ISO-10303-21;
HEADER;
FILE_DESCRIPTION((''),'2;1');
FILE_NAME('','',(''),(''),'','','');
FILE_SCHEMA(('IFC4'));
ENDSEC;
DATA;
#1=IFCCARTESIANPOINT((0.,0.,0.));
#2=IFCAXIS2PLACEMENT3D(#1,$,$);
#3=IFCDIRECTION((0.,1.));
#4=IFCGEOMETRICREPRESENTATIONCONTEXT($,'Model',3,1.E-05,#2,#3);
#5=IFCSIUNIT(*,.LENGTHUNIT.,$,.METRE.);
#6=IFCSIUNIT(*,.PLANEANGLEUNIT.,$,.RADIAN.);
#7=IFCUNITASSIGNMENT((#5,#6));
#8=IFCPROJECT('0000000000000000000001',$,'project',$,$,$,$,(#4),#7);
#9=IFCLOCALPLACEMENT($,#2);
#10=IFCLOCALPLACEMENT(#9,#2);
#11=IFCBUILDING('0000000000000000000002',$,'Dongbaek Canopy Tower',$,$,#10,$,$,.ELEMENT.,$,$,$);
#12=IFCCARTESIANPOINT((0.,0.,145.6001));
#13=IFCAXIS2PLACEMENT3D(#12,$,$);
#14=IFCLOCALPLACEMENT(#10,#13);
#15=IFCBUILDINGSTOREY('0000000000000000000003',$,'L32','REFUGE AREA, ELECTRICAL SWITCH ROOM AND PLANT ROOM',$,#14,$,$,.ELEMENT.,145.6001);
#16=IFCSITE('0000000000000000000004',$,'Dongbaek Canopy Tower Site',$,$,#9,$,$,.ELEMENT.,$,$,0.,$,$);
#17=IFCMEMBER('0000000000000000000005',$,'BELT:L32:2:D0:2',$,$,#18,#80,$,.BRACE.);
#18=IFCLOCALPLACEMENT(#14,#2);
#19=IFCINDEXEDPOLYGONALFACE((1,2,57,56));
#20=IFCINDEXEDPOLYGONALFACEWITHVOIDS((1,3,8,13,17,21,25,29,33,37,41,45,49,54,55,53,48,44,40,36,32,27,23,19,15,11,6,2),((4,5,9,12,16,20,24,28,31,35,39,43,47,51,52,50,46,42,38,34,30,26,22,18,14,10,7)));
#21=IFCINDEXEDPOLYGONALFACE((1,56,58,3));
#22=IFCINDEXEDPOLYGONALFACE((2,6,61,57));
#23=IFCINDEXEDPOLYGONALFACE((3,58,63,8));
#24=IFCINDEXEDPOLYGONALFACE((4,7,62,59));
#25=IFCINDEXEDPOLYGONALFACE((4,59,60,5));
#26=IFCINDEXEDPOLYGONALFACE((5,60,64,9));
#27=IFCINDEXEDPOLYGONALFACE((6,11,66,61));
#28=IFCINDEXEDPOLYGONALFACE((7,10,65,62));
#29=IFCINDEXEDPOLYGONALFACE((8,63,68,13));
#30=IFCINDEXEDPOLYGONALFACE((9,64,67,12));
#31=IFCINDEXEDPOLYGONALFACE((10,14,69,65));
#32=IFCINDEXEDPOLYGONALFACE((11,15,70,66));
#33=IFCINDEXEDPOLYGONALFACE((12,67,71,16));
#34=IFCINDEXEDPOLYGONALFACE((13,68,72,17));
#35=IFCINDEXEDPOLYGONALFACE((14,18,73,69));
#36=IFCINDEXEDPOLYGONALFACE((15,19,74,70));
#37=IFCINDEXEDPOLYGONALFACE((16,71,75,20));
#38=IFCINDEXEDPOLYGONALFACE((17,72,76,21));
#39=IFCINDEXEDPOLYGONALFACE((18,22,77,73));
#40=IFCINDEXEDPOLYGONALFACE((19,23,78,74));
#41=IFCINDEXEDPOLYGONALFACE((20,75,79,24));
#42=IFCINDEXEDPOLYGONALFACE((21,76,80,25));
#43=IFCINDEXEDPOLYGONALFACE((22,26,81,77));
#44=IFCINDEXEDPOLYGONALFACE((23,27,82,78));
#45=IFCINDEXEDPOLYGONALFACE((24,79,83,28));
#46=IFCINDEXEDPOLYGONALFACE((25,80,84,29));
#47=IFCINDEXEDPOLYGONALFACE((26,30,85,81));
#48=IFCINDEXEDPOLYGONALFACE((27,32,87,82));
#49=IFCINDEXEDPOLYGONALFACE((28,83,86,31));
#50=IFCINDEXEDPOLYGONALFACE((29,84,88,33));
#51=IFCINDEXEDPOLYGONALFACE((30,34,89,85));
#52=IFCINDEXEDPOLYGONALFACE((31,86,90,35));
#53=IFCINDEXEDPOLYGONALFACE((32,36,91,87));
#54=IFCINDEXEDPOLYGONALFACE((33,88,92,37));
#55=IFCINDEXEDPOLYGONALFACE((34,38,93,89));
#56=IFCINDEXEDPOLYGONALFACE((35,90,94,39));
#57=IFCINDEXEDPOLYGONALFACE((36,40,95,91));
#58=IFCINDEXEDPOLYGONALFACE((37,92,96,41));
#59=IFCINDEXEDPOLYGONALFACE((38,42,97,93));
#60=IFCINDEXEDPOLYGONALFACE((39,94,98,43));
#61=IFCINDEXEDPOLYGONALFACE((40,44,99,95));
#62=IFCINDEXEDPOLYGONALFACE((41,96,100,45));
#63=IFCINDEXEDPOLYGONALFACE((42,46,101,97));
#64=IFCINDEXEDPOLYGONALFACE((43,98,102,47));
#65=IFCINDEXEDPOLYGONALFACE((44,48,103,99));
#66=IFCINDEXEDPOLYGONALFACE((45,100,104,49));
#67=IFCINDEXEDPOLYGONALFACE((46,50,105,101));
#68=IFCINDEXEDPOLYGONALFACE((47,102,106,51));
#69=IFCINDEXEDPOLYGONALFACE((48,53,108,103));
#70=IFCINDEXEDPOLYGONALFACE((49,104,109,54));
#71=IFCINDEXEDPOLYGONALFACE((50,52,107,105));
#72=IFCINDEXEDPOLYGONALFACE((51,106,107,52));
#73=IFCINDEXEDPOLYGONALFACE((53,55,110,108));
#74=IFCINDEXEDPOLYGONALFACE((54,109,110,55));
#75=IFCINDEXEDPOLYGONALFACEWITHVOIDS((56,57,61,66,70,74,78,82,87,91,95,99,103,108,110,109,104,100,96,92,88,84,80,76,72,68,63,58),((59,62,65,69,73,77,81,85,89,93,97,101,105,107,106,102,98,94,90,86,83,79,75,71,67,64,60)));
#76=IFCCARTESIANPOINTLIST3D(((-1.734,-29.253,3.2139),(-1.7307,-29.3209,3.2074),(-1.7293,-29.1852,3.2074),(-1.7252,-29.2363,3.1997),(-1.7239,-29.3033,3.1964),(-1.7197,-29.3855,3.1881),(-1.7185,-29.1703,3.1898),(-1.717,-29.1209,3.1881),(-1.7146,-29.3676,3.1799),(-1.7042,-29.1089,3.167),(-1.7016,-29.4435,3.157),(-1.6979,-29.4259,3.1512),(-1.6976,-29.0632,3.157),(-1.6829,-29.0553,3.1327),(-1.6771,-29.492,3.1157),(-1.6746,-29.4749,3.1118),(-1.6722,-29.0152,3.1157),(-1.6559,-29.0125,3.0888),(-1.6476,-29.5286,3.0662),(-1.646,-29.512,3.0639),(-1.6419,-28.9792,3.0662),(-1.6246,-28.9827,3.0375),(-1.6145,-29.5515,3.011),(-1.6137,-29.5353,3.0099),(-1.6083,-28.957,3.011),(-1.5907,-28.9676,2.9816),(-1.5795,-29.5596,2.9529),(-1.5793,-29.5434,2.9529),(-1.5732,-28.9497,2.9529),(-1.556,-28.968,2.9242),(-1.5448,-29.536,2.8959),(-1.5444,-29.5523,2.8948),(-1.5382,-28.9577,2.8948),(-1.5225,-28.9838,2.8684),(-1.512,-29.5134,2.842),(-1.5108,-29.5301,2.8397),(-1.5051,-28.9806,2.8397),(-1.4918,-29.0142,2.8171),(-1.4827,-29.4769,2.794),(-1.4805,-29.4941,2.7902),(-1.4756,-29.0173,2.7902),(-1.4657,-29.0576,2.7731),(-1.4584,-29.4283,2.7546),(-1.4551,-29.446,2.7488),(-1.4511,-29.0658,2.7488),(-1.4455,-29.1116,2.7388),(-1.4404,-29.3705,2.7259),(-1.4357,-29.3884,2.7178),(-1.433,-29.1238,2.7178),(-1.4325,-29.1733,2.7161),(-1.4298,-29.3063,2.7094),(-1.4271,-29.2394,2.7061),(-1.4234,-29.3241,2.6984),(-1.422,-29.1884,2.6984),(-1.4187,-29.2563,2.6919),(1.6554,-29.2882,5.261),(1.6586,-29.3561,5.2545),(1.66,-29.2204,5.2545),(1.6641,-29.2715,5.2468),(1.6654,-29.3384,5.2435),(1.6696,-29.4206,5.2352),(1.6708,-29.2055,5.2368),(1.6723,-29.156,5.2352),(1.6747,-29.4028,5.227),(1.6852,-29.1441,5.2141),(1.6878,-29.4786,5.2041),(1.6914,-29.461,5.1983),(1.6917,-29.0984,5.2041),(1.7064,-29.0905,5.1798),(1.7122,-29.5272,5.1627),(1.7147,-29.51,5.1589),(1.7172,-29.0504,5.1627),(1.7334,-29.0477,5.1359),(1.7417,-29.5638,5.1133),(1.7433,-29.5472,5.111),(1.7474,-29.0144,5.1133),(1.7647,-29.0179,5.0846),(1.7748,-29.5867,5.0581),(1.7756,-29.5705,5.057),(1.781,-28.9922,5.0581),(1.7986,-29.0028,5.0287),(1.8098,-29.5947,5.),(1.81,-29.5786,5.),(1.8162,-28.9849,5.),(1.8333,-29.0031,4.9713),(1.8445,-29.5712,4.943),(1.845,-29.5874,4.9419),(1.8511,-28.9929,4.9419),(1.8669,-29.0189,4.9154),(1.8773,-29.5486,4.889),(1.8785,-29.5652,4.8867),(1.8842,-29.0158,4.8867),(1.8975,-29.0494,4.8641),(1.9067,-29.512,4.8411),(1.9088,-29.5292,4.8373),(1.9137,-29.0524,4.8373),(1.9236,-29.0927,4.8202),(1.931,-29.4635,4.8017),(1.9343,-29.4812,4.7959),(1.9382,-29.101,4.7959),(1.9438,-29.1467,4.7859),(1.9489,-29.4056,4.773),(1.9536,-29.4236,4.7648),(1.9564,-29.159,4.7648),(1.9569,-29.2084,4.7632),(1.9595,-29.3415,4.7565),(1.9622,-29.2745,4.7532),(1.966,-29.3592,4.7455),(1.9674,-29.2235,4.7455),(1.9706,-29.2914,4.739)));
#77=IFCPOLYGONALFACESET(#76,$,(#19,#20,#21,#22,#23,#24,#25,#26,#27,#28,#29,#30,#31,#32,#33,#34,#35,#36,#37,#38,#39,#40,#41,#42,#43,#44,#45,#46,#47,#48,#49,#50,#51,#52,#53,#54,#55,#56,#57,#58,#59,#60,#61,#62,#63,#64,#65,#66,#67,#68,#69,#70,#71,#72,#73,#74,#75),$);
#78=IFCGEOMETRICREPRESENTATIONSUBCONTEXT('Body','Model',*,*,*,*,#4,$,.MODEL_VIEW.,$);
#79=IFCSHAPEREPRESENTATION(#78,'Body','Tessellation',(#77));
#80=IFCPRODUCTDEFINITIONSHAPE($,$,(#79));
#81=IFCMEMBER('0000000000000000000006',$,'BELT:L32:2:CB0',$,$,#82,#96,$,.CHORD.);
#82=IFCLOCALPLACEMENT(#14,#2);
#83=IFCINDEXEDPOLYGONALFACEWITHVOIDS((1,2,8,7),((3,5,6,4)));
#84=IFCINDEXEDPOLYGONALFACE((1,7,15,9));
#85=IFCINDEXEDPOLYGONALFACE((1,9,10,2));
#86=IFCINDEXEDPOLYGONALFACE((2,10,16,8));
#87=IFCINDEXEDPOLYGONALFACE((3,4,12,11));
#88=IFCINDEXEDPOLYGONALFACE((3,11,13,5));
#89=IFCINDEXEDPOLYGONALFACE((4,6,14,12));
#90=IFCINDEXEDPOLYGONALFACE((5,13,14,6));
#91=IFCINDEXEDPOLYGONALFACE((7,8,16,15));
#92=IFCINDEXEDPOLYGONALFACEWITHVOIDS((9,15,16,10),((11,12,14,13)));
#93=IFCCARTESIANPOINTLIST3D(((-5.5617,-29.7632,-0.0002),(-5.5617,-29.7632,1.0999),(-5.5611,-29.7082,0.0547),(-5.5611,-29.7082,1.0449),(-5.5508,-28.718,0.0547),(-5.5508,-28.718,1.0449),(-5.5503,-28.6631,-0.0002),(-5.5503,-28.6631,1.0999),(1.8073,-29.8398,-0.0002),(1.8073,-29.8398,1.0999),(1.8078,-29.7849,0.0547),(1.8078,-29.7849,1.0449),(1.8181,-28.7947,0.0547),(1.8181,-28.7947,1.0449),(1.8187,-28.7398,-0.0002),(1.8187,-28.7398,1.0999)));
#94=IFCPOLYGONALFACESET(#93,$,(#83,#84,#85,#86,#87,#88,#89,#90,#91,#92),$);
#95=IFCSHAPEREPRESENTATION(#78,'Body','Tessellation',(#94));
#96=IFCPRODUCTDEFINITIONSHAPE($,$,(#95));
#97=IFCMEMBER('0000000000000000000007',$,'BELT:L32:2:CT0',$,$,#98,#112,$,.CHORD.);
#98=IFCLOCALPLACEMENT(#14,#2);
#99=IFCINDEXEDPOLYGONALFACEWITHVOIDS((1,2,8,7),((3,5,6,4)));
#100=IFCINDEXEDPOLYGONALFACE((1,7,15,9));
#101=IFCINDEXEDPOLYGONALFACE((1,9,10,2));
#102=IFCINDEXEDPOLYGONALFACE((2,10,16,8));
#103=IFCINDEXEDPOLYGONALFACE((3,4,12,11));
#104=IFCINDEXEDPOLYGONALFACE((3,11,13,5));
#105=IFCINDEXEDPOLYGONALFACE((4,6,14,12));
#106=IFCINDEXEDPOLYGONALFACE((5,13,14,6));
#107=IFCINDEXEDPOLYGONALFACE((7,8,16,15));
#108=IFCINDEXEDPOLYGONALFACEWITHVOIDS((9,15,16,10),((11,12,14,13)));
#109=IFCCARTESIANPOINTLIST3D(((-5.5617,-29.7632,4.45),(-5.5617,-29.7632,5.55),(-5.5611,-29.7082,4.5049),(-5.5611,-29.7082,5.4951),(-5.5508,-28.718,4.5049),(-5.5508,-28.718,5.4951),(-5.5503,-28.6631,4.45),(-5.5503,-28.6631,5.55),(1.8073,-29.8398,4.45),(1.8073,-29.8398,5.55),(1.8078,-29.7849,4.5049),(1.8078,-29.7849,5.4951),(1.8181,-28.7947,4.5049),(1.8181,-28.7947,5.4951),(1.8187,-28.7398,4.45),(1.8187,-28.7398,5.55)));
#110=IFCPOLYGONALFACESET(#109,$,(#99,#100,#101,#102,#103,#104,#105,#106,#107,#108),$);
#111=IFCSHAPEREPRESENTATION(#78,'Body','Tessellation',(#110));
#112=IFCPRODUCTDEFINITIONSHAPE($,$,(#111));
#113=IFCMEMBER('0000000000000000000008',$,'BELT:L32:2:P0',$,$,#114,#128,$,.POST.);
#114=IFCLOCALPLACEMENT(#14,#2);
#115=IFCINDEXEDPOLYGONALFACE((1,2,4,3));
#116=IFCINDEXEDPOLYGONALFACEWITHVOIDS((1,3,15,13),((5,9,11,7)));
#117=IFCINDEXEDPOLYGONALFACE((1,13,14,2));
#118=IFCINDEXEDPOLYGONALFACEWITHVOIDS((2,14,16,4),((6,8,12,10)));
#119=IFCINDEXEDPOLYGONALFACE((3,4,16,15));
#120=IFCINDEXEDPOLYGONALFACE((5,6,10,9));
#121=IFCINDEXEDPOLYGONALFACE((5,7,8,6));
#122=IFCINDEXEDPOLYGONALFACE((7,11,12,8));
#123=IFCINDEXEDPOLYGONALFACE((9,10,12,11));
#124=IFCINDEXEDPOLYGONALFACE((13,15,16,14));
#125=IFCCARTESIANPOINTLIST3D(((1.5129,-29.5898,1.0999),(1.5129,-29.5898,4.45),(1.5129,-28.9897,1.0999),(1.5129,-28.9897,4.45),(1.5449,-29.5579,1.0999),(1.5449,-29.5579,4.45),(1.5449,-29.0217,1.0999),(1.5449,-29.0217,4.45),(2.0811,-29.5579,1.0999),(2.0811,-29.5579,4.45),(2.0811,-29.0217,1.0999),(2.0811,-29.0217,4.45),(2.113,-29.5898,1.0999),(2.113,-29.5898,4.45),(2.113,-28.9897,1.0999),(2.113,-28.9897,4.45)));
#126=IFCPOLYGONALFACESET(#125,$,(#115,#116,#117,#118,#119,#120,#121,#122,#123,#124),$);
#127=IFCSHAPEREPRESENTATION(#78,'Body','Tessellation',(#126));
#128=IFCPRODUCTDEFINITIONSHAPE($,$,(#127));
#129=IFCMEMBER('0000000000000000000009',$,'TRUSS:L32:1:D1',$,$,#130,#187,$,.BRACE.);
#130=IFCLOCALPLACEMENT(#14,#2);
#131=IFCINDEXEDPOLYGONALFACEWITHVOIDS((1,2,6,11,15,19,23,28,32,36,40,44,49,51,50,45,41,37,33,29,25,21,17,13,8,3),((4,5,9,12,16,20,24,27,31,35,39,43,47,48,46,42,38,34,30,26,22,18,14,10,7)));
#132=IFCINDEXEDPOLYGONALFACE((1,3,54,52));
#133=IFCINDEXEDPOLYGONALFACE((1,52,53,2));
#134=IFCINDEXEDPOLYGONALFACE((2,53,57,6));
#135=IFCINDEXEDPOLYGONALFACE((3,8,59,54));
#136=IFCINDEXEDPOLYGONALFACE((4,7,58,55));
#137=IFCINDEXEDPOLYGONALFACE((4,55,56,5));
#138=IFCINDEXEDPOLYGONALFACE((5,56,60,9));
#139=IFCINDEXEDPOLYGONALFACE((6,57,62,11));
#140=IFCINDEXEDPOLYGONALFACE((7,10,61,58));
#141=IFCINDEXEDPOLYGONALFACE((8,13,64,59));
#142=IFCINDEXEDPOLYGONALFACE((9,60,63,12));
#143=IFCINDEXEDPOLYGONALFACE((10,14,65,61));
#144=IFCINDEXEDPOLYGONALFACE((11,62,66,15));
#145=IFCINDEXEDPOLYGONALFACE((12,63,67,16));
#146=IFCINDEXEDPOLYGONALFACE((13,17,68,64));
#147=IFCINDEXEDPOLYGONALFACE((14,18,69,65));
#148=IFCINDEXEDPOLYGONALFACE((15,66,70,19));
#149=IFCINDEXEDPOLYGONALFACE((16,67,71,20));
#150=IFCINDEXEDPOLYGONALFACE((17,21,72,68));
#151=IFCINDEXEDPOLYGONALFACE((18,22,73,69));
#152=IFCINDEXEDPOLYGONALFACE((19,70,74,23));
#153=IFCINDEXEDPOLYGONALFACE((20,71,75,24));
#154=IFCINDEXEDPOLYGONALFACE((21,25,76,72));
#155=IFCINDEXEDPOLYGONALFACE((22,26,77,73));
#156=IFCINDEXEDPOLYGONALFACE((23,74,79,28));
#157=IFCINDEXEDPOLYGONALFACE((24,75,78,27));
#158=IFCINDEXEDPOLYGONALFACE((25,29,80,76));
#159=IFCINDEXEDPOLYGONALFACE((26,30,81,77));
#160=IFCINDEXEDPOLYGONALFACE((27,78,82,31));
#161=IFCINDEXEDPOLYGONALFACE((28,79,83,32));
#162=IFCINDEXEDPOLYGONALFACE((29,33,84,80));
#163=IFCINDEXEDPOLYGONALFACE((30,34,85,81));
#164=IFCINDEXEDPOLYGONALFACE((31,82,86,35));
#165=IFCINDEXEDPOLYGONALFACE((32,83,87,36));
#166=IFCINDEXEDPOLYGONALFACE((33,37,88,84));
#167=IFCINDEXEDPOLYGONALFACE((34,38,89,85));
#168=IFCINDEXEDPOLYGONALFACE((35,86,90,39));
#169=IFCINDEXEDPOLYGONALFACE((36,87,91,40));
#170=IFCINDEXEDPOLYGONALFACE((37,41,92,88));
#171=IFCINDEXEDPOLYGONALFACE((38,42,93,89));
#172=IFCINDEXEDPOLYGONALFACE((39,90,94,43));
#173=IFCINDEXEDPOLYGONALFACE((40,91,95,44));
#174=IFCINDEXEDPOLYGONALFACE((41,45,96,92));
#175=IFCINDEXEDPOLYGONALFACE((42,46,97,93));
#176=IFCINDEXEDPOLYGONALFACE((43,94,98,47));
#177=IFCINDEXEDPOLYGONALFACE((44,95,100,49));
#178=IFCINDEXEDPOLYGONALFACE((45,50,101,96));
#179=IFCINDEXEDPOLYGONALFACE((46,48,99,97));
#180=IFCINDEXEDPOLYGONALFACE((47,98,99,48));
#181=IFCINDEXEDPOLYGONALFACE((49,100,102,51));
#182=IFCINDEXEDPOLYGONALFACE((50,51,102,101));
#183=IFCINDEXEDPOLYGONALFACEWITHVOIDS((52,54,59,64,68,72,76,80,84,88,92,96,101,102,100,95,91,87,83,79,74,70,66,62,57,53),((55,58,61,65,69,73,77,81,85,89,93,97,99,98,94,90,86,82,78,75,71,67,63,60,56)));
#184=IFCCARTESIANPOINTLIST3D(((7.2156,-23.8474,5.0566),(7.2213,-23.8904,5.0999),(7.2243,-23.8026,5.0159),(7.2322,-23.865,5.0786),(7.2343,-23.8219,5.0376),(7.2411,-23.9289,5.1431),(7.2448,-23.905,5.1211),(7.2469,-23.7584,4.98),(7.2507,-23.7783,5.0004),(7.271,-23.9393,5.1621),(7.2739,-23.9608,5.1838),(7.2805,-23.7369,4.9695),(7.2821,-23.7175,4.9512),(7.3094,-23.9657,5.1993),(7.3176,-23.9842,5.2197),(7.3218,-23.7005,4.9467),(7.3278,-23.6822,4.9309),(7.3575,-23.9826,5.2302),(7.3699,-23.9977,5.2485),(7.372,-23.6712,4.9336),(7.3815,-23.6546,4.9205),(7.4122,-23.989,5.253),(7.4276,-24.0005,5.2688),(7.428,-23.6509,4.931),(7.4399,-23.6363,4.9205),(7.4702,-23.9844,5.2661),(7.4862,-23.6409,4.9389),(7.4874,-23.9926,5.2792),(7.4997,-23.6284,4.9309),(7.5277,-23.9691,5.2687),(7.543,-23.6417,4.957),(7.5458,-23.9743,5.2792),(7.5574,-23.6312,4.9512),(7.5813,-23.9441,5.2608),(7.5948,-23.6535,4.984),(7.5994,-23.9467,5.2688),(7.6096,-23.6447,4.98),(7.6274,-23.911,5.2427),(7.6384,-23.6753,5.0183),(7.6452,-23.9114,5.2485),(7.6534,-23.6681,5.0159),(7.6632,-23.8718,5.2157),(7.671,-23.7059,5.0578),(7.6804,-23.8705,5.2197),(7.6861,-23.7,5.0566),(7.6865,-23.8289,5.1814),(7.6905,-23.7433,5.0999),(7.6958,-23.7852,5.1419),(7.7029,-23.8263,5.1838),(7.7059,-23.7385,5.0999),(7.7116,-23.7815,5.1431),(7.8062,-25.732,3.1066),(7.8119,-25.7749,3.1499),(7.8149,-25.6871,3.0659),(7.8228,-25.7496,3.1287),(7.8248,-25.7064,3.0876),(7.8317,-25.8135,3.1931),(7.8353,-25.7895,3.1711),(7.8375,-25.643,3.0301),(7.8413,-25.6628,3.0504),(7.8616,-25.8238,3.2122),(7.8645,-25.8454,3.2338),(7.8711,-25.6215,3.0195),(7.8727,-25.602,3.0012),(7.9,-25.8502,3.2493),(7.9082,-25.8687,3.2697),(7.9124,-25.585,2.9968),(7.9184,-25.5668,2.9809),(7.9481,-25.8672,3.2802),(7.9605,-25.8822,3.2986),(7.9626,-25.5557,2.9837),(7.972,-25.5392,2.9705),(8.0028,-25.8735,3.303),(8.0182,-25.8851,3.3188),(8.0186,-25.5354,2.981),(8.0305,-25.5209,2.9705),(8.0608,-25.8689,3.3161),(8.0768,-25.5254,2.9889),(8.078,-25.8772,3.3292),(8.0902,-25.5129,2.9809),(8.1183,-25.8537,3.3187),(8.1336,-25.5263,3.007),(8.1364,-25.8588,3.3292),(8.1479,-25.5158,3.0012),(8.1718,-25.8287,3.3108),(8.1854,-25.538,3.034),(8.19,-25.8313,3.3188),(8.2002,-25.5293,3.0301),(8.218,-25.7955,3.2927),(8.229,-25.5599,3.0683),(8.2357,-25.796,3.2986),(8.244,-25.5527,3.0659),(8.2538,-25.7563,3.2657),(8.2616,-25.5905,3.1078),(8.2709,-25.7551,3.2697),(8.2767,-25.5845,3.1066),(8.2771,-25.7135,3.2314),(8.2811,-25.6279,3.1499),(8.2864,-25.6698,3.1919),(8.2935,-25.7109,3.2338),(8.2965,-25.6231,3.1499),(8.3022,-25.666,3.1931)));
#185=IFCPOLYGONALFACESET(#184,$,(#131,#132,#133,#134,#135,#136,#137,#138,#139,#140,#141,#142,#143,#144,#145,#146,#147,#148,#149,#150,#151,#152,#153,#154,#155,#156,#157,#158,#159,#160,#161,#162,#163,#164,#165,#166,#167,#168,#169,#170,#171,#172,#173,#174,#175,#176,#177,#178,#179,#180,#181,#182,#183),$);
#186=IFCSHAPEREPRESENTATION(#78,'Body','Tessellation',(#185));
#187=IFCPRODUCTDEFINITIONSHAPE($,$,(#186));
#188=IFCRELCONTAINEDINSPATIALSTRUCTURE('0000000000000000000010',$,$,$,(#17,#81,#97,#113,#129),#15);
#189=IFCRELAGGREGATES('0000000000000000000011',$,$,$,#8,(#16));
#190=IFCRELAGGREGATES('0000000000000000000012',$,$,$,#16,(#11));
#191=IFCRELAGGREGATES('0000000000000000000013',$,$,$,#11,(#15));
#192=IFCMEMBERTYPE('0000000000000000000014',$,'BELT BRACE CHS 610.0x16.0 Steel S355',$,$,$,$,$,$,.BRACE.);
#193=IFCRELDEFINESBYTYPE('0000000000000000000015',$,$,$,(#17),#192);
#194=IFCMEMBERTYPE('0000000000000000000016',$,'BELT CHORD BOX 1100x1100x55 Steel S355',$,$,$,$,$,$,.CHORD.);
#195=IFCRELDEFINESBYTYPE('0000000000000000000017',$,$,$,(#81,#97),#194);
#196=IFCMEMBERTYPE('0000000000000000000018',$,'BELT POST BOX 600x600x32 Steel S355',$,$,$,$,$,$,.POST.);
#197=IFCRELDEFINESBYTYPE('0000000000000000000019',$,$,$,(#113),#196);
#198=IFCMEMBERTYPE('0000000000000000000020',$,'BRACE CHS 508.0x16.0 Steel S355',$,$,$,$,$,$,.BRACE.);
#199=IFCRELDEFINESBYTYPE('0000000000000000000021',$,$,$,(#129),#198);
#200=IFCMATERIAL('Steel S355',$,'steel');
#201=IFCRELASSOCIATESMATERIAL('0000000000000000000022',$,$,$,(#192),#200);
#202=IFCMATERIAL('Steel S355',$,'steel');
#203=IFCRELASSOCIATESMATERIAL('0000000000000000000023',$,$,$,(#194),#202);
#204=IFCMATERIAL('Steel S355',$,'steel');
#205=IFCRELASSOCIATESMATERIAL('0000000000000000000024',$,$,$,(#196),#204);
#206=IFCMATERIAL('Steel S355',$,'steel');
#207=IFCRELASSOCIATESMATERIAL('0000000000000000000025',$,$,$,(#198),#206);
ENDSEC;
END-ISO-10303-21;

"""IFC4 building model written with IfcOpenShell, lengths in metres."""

from ifc_helpers import new_model, si_unit, direction, frame, origin, origin_2d, place, context, subcontext, project, spatial, hollow_rectangle, hollow_circle, extrude, material, material_profile, profile_set, type_object, element, save


model = new_model("IFC4")

# Units and contexts
model_context = context("Model", 3, precision=1e-05, world=origin(), true_north=direction((0.0, 1.0)))
body_context = subcontext(model_context, "Body", "Model", "MODEL_VIEW")
ifc_project = project(units=[si_unit("LENGTHUNIT", "METRE"), si_unit("PLANEANGLEUNIT", "RADIAN")], contexts=[model_context])

# Site, building, storey
site_placement = place(None, origin())
site = spatial("IfcSite", under=ifc_project, at=site_placement, Name="Dongbaek Canopy Tower Site", CompositionType="ELEMENT", RefElevation=0.0)
building_placement = place(site_placement, origin())
building = spatial("IfcBuilding", under=site, at=building_placement, Name="Dongbaek Canopy Tower", CompositionType="ELEMENT")
storey_placement = place(building_placement, frame((0.0, 0.0, 145.6001)))
storey = spatial("IfcBuildingStorey", under=building, at=storey_placement, Name="L32", Description="REFUGE AREA, ELECTRICAL SWITCH ROOM AND PLANT ROOM", CompositionType="ELEMENT", Elevation=145.6001)

# Members
ifc_material_1 = material(Name="Steel S355", Category="steel")
ifc_material_profile_1 = material_profile(ifc_material_1, hollow_circle(Radius=0.3049, WallThickness=0.0161, at=origin_2d()), Name="BELT BRACE CHS 610.0x16.0 Steel S355")
ifc_profile_set_1 = profile_set([ifc_material_profile_1], Name="Steel S355")
member_type_1 = type_object("IfcMemberType", Name="BELT BRACE CHS 610.0x16.0 Steel S355", PredefinedType="BRACE", material=ifc_profile_set_1)
member_1_placement = place(storey_placement, frame((1.813, -29.2898, 5.0), z_axis=(-0.855954, 0.008878, -0.516976), x_axis=(-0.010372, -0.999946, 0.0)))
element("IfcMember", 1, at=member_1_placement, inside=storey, type_object=member_type_1, Name="BELT:L32:2:D0:2", PredefinedType="BRACE", context=body_context, shape_type="SweptSolid", body=[
    extrude(hollow_circle(Radius=0.3049, WallThickness=0.0161, at=origin_2d()), origin(), (0.0, 0.0, 1.0), 3.9597),
])
ifc_material_2 = material(Name="Steel S355", Category="steel")
ifc_material_profile_2 = material_profile(ifc_material_2, hollow_rectangle(XDim=1.1001, YDim=1.1001, WallThickness=0.0549, at=origin_2d()), Name="BELT CHORD BOX 1100x1100x55 Steel S355")
ifc_profile_set_2 = profile_set([ifc_material_profile_2], Name="Steel S355")
member_type_2 = type_object("IfcMemberType", Name="BELT CHORD BOX 1100x1100x55 Steel S355", PredefinedType="CHORD", material=ifc_profile_set_2)
for number, where, z_axis, x_axis, name in (
    (2, (1.813, -29.2898, 0.5498), (-0.999946, 0.010403, 0.0), (-0.010403, -0.999946, 0.0), "BELT:L32:2:CB0"),
    (3, (1.813, -29.2898, 5.0), (-0.999946, 0.010403, 0.0), (-0.010403, -0.999946, 0.0), "BELT:L32:2:CT0"),
):
    element("IfcMember", number, at=place(storey_placement, frame(where, z_axis=z_axis, x_axis=x_axis)), inside=storey, type_object=member_type_2, Name=name, PredefinedType="CHORD", context=body_context, shape_type="SweptSolid", body=[
        extrude(hollow_rectangle(XDim=1.1001, YDim=1.1001, WallThickness=0.0549, at=origin_2d()), origin(), (0.0, 0.0, 1.0), 7.3694),
    ])
ifc_material_3 = material(Name="Steel S355", Category="steel")
ifc_material_profile_3 = material_profile(ifc_material_3, hollow_rectangle(XDim=0.6001, YDim=0.6001, WallThickness=0.032, at=origin_2d()), Name="BELT POST BOX 600x600x32 Steel S355")
ifc_profile_set_3 = profile_set([ifc_material_profile_3], Name="Steel S355")
member_type_3 = type_object("IfcMemberType", Name="BELT POST BOX 600x600x32 Steel S355", PredefinedType="POST", material=ifc_profile_set_3)
member_2_placement = place(storey_placement, frame((1.813, -29.2898, 1.0999), z_axis=(0.0, 0.0, 1.0), x_axis=(1.0, 0.0, 0.0)))
element("IfcMember", 4, at=member_2_placement, inside=storey, type_object=member_type_3, Name="BELT:L32:2:P0", PredefinedType="POST", context=body_context, shape_type="SweptSolid", body=[
    extrude(hollow_rectangle(XDim=0.6001, YDim=0.6001, WallThickness=0.032, at=origin_2d()), origin(), (0.0, 0.0, 1.0), 3.3501),
])
ifc_material_4 = material(Name="Steel S355", Category="steel")
ifc_material_profile_4 = material_profile(ifc_material_4, hollow_circle(Radius=0.2539, WallThickness=0.0161, at=origin_2d()), Name="BRACE CHS 508.0x16.0 Steel S355")
ifc_profile_set_4 = profile_set([ifc_material_profile_4], Name="Steel S355")
member_type_4 = type_object("IfcMemberType", Name="BRACE CHS 508.0x16.0 Steel S355", PredefinedType="BRACE", material=ifc_profile_set_4)
for number, where, z_axis, x_axis, name in (
    (5, (7.4636, -23.8145, 5.0999), (0.212794, -0.679024, -0.702599), (0.95424, 0.299042, 0.0), "TRUSS:L32:1:D1"),
):
    element("IfcMember", number, at=place(storey_placement, frame(where, z_axis=z_axis, x_axis=x_axis)), inside=storey, type_object=member_type_4, Name=name, PredefinedType="BRACE", context=body_context, shape_type="SweptSolid", body=[
        extrude(hollow_circle(Radius=0.2539, WallThickness=0.0161, at=origin_2d()), origin(), (0.0, 0.0, 1.0), 2.7754),
    ])

save(model, "model.ifc")
